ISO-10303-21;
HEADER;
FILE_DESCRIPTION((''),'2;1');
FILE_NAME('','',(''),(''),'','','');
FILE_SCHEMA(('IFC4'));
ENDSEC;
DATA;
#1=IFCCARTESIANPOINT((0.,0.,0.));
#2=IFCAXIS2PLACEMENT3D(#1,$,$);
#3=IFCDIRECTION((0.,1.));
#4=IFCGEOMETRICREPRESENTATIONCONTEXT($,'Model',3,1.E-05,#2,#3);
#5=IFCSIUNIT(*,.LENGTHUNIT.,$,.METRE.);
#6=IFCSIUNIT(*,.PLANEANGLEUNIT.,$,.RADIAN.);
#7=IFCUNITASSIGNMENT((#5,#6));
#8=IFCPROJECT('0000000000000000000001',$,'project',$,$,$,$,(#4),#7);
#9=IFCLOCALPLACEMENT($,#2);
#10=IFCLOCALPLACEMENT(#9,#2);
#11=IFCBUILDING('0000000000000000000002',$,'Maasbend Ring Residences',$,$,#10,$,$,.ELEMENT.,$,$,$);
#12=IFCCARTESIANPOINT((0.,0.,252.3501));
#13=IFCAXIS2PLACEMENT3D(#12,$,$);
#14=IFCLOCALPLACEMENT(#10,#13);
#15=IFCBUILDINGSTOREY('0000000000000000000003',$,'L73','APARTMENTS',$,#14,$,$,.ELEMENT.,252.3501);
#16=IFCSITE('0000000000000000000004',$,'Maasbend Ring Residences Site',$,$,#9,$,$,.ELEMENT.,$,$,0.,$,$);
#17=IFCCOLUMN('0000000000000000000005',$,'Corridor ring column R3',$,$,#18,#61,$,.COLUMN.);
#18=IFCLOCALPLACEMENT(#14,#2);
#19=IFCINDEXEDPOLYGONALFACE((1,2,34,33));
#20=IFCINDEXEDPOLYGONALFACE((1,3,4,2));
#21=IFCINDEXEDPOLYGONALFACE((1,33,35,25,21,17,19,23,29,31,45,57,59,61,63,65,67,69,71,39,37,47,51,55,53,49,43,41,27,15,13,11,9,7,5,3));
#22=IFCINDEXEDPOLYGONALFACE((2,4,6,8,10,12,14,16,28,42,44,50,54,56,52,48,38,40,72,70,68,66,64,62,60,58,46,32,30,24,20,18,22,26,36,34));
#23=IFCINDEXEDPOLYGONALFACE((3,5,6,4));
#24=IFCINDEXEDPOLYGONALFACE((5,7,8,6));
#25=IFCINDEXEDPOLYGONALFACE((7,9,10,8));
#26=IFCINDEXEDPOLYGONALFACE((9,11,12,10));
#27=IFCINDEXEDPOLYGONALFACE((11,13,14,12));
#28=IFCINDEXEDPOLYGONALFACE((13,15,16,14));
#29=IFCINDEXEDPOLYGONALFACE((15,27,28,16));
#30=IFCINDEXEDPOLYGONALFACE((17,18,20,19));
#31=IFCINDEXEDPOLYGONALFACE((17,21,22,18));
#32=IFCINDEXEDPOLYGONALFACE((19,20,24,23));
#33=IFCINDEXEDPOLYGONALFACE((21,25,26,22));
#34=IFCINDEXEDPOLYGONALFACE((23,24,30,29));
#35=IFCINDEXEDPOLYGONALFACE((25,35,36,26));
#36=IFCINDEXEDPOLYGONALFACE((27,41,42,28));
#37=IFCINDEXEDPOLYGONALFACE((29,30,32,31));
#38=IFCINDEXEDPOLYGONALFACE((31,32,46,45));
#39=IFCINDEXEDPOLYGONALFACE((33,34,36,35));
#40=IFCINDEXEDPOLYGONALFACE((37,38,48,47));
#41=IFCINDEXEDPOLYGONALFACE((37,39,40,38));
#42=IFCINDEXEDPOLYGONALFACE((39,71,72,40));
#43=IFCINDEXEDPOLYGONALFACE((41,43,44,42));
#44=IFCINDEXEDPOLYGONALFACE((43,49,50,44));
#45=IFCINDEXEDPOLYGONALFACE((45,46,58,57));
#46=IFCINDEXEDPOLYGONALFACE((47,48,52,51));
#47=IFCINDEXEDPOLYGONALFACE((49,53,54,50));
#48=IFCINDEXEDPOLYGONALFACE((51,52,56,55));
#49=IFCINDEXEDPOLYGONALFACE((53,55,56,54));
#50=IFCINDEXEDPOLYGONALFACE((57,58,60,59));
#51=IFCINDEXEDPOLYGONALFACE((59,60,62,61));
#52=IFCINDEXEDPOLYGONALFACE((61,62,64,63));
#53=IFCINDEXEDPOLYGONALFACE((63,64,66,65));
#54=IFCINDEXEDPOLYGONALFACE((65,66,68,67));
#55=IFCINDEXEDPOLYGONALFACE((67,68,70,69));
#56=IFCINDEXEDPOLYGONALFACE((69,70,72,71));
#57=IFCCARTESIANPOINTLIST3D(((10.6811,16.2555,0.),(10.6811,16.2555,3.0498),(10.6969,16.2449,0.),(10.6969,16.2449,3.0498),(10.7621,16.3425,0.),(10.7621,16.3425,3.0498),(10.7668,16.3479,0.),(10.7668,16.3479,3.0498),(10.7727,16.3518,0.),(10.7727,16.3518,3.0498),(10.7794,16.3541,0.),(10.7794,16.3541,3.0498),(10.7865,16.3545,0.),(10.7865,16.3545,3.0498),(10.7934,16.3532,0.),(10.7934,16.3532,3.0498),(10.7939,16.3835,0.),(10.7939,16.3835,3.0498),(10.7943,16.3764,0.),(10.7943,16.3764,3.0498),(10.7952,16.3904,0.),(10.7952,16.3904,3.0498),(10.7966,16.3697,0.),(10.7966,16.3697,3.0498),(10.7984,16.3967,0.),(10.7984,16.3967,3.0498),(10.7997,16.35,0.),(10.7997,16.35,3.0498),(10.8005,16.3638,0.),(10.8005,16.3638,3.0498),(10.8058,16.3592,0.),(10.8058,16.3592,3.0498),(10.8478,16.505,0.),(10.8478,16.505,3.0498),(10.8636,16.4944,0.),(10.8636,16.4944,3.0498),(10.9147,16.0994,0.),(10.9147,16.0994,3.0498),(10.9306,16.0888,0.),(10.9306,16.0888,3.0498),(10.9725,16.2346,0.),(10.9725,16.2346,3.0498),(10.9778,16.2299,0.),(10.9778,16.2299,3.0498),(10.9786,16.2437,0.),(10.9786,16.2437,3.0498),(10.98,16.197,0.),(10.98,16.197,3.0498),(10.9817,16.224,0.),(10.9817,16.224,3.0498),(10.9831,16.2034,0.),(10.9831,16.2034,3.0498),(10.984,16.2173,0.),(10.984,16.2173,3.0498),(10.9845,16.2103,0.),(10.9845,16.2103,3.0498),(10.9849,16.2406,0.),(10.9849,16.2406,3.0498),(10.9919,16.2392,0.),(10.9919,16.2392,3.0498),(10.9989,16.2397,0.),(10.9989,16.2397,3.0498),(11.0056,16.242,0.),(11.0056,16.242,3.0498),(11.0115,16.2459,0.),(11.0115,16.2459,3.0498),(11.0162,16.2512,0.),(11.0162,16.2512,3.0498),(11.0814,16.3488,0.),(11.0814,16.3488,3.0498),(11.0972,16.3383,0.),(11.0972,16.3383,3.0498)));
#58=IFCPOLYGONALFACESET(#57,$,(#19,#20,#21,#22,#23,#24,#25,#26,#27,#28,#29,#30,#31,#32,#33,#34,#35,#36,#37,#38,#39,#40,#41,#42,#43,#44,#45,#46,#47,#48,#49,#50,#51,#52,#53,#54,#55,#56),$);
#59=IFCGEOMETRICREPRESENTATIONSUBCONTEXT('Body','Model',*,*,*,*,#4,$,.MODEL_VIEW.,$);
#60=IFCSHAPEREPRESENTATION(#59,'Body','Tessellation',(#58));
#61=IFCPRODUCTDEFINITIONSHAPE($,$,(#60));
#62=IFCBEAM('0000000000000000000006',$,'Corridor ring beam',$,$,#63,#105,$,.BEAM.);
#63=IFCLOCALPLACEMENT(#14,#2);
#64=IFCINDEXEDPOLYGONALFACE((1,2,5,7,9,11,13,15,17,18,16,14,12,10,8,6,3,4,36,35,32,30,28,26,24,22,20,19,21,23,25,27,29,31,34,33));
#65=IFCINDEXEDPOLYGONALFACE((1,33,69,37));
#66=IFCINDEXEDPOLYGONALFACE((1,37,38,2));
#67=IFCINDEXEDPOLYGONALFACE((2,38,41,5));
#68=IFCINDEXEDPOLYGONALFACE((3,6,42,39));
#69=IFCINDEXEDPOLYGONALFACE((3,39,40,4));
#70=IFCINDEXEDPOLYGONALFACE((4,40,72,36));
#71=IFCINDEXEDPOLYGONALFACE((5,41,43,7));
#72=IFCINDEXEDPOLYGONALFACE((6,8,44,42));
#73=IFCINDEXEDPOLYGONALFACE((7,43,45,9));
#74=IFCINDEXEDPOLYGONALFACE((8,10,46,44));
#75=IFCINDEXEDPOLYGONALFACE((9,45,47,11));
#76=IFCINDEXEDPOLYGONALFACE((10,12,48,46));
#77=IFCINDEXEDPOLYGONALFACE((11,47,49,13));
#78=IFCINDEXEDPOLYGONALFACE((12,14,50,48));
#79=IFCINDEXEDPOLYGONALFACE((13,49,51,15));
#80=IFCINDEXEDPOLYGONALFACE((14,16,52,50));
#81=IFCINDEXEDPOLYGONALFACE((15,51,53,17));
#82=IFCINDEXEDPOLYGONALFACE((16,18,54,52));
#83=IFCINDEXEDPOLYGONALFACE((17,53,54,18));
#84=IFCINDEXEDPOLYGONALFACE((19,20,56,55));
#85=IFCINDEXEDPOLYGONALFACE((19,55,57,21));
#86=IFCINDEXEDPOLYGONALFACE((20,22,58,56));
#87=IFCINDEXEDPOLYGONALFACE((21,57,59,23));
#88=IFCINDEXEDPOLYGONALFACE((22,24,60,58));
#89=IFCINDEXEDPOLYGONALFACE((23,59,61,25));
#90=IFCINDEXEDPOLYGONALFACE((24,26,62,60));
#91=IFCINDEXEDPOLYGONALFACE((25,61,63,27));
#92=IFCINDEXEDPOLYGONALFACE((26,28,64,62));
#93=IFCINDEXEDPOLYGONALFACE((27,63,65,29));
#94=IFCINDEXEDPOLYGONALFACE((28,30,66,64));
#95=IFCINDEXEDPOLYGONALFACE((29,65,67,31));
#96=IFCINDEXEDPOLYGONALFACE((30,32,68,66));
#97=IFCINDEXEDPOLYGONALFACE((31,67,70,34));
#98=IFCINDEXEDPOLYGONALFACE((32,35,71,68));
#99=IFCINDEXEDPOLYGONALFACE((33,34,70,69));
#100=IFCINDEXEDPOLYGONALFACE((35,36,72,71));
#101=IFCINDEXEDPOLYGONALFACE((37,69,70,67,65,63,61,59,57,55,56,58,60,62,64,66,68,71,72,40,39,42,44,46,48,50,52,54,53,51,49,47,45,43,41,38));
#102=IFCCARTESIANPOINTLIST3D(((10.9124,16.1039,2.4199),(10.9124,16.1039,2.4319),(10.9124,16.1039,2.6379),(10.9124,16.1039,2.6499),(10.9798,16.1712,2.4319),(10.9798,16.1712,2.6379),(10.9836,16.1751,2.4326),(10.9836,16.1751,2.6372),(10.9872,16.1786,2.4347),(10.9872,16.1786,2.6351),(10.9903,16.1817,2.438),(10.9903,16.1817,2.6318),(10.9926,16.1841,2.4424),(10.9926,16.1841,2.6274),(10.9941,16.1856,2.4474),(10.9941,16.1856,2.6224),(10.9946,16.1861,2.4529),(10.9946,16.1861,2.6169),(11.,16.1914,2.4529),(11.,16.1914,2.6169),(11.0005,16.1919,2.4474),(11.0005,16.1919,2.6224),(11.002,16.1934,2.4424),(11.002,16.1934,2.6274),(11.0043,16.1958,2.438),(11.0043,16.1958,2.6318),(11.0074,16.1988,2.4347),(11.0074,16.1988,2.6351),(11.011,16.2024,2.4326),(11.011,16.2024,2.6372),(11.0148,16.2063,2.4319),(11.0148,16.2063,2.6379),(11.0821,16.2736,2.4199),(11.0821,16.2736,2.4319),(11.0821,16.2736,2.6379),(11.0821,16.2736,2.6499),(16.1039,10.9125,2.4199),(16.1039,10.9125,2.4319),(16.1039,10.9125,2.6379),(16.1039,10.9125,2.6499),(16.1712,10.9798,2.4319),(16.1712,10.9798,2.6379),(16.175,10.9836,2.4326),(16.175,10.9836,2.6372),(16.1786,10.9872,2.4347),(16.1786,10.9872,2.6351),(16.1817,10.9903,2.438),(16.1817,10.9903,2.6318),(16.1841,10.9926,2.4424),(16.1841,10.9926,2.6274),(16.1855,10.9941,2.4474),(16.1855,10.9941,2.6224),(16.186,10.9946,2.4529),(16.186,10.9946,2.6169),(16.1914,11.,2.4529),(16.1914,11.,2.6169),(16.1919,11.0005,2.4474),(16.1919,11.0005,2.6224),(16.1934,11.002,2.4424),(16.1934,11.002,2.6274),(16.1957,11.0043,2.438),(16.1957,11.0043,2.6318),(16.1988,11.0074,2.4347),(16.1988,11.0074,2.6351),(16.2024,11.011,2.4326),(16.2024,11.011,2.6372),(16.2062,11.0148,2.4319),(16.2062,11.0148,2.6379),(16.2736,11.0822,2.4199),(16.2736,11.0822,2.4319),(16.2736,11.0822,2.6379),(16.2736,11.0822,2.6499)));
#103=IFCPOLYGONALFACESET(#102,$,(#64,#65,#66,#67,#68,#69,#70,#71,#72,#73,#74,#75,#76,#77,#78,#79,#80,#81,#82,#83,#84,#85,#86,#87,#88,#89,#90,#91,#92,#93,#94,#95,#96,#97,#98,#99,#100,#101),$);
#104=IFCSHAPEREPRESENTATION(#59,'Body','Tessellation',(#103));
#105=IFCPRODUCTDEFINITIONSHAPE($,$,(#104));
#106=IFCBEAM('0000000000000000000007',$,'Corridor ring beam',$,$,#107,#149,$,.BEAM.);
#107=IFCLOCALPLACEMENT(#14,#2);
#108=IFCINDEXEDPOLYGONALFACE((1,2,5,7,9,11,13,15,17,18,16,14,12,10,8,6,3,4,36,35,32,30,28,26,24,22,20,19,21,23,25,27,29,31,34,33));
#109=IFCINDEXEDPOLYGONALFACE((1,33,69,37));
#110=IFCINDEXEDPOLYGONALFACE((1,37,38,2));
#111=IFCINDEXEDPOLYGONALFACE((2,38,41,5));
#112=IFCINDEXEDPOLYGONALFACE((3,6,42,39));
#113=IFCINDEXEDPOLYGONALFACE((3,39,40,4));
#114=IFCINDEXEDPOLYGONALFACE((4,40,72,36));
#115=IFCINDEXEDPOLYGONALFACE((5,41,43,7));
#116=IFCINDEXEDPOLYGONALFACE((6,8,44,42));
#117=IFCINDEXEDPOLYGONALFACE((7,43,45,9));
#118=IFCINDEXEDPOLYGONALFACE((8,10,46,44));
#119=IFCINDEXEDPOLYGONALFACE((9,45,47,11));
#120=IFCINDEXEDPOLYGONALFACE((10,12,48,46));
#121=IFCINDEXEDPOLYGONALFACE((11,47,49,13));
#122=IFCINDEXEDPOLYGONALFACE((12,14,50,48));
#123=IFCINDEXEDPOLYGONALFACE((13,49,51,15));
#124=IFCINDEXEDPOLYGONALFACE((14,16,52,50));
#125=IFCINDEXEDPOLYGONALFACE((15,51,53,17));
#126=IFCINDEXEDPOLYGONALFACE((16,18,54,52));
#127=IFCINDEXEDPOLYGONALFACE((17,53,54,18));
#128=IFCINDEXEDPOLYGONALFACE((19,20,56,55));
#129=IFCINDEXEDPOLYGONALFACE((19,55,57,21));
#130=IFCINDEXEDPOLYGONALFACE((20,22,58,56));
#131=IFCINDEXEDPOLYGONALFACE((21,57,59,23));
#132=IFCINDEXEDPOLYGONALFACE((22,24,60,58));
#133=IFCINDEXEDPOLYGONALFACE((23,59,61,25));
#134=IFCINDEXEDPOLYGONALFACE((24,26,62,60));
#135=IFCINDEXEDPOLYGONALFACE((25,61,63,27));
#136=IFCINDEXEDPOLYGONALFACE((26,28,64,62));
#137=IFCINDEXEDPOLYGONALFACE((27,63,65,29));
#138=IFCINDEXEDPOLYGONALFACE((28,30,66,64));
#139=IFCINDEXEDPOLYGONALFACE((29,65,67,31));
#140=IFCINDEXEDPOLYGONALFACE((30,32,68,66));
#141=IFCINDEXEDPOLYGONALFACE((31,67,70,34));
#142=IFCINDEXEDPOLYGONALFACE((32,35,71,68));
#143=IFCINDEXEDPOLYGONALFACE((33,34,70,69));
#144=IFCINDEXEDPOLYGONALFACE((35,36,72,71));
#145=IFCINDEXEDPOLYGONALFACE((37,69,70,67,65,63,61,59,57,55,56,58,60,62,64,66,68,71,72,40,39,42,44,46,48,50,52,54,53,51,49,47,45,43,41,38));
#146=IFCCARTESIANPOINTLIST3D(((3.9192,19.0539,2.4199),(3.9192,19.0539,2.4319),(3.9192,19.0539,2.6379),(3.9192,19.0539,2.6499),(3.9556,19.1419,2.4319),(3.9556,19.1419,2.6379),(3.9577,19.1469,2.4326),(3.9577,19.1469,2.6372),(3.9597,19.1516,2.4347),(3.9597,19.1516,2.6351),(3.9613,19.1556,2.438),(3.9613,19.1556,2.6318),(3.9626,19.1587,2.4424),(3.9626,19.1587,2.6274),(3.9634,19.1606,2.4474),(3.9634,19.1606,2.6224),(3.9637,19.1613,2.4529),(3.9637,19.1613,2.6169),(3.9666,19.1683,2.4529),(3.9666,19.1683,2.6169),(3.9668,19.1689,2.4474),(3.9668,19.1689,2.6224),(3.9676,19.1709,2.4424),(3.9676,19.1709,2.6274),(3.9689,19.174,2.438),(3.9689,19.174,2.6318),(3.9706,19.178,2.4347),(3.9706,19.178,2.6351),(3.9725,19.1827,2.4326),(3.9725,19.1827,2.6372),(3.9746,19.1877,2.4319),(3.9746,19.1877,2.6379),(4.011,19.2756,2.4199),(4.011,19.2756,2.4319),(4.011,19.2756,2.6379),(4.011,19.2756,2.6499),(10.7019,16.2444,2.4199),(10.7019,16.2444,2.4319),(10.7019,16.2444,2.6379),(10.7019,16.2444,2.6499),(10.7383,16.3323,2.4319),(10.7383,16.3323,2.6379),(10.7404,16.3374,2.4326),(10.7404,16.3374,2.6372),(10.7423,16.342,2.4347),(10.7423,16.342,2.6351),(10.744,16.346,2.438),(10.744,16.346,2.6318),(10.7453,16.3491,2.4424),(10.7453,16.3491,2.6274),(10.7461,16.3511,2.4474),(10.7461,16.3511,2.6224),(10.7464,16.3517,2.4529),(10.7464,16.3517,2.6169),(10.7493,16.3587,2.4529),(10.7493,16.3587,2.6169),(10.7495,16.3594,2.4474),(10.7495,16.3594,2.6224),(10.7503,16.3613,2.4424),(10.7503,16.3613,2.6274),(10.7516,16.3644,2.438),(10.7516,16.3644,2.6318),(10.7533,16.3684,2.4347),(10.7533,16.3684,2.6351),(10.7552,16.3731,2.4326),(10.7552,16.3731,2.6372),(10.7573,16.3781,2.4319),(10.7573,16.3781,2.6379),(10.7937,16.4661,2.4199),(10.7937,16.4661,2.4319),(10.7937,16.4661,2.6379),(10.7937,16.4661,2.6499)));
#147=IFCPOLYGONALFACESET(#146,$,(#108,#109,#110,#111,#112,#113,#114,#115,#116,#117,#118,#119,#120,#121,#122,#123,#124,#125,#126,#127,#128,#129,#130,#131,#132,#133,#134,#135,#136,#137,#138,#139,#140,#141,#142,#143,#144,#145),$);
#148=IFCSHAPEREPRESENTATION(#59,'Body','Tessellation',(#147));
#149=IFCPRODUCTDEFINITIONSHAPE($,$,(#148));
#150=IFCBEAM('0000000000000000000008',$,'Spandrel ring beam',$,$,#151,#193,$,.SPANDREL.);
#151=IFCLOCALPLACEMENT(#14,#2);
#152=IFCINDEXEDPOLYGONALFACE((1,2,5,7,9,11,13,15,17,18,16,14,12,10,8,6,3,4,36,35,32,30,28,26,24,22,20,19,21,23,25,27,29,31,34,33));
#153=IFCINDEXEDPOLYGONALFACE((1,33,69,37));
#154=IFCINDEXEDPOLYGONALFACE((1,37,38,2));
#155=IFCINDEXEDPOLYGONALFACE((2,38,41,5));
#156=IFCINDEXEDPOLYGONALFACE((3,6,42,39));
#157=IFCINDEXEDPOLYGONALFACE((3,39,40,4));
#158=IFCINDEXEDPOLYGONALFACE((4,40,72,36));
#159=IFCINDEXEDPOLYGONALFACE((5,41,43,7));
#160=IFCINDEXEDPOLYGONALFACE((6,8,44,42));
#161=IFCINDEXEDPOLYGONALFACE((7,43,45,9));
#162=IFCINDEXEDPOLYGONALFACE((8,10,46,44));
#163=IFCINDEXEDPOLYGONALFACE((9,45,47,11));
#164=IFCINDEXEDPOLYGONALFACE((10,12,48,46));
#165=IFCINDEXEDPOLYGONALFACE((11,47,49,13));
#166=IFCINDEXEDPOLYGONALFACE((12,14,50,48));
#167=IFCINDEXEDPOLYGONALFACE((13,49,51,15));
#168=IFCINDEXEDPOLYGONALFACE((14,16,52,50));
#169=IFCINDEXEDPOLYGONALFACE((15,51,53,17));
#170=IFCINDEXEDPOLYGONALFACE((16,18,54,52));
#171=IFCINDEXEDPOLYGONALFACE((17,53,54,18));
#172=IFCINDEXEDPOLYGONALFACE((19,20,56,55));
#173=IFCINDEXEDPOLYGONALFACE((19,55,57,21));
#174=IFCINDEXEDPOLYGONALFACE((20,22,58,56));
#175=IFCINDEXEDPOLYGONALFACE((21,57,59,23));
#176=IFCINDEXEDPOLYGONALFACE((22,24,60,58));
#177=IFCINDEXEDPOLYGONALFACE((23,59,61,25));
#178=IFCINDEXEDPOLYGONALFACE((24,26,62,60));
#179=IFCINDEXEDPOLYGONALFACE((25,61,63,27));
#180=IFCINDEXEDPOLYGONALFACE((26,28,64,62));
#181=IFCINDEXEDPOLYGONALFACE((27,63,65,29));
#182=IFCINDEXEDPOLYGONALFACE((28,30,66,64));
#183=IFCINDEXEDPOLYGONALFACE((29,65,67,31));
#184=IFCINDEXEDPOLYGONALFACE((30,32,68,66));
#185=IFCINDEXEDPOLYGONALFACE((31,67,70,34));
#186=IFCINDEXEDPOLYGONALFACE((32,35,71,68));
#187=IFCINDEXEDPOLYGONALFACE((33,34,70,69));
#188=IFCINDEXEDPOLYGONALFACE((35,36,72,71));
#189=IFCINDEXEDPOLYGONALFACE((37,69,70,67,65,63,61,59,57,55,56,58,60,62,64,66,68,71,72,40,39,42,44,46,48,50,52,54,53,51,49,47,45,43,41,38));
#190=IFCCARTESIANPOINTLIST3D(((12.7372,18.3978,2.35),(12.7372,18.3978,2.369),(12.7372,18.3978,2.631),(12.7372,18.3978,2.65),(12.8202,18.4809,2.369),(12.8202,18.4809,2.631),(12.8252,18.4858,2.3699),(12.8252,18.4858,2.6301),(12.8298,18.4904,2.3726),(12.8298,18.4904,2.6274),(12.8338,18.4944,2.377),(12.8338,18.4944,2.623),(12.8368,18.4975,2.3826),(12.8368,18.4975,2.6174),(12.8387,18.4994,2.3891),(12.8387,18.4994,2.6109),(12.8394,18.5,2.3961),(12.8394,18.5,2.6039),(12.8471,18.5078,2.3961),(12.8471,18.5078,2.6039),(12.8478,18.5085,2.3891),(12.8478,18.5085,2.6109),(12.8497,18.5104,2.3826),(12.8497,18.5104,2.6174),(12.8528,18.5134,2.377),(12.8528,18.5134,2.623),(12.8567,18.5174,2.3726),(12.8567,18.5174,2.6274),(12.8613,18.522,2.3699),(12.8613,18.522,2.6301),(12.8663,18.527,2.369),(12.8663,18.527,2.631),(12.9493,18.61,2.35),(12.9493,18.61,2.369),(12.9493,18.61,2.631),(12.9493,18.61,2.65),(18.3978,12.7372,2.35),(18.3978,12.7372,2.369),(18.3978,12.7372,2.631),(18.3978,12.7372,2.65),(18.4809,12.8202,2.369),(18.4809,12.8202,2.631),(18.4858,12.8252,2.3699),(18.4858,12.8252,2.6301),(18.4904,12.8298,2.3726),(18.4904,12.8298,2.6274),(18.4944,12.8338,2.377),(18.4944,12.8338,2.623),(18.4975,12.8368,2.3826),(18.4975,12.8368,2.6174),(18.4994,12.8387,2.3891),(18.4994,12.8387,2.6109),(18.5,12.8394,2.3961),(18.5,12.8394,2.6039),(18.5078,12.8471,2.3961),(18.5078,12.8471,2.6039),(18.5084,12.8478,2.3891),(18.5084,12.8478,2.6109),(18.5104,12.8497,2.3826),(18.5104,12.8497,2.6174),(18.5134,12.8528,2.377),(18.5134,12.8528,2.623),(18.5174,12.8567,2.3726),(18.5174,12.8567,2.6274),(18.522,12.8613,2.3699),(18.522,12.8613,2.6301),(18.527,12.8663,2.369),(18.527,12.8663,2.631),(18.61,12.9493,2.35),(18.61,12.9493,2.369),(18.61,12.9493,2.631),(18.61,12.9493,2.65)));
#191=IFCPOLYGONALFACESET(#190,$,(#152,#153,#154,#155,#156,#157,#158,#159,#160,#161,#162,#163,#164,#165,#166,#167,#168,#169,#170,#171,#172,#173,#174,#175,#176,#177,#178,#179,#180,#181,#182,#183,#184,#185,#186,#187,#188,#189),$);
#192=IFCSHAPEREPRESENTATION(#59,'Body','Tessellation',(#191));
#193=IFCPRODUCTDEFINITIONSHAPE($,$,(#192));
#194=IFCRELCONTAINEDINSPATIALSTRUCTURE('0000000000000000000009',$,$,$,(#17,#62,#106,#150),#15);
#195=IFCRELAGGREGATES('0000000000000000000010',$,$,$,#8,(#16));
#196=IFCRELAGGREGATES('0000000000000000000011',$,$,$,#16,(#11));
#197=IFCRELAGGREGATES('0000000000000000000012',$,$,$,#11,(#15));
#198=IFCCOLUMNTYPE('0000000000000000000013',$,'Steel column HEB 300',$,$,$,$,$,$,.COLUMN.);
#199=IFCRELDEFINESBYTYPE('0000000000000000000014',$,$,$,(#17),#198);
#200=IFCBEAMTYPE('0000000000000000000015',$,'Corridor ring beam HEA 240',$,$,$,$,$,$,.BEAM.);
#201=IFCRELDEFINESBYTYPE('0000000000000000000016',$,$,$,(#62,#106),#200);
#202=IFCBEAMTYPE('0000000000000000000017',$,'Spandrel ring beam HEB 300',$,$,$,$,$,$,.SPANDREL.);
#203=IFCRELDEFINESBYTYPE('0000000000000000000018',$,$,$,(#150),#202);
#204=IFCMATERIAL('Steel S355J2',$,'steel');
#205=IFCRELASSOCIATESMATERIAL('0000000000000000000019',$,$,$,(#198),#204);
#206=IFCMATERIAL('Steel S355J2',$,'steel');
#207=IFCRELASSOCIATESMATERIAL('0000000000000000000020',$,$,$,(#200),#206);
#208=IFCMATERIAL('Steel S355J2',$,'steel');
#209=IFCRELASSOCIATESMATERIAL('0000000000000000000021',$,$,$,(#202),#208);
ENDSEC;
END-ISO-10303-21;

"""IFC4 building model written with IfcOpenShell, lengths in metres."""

from ifc_helpers import new_model, si_unit, direction, frame, origin, origin_2d, place, context, subcontext, project, spatial, i_section, extrude, material, material_profile, profile_set, type_object, element, save


model = new_model("IFC4")

# Units and contexts
model_context = context("Model", 3, precision=1e-05, world=origin(), true_north=direction((0.0, 1.0)))
body_context = subcontext(model_context, "Body", "Model", "MODEL_VIEW")
ifc_project = project(units=[si_unit("LENGTHUNIT", "METRE"), si_unit("PLANEANGLEUNIT", "RADIAN")], contexts=[model_context])

# Site, building, storey
site_placement = place(None, origin())
site = spatial("IfcSite", under=ifc_project, at=site_placement, Name="Maasbend Ring Residences Site", CompositionType="ELEMENT", RefElevation=0.0)
building_placement = place(site_placement, origin())
building = spatial("IfcBuilding", under=site, at=building_placement, Name="Maasbend Ring Residences", CompositionType="ELEMENT")
storey_placement = place(building_placement, frame((0.0, 0.0, 252.3501)))
storey = spatial("IfcBuildingStorey", under=building, at=storey_placement, Name="L73", Description="APARTMENTS", CompositionType="ELEMENT", Elevation=252.3501)

# Column
ifc_material_1 = material(Name="Steel S355J2", Category="steel")
ifc_material_profile_1 = material_profile(ifc_material_1, i_section(OverallWidth=0.3, OverallDepth=0.3, WebThickness=0.011, FlangeThickness=0.019, FilletRadius=0.0271, at=origin_2d()), Name="HEB 300")
ifc_profile_set_1 = profile_set([ifc_material_profile_1], Name="Steel S355J2")
column_type_1 = type_object("IfcColumnType", Name="Steel column HEB 300", PredefinedType="COLUMN", material=ifc_profile_set_1)
for number, where, z_axis, x_axis, name in (
    (1, (10.8892, 16.2969, 0.0), (0.0, 0.0, 1.0), (0.55557, 0.83147, 0.0), "Corridor ring column R3"),
):
    element("IfcColumn", number, at=place(storey_placement, frame(where, z_axis=z_axis, x_axis=x_axis)), inside=storey, type_object=column_type_1, Name=name, PredefinedType="COLUMN", context=body_context, shape_type="SweptSolid", body=[
        extrude(i_section(OverallWidth=0.3, OverallDepth=0.3, WebThickness=0.011, FlangeThickness=0.019, FilletRadius=0.0271, at=origin_2d()), origin(), (0.0, 0.0, 1.0), 3.0498),
    ])

# Beams
ifc_material_2 = material(Name="Steel S355J2", Category="steel")
ifc_material_profile_2 = material_profile(ifc_material_2, i_section(OverallWidth=0.24, OverallDepth=0.23, WebThickness=0.0076, FlangeThickness=0.012, FilletRadius=0.021, at=origin_2d()), Name="HEA 240")
ifc_profile_set_2 = profile_set([ifc_material_profile_2], Name="Steel S355J2")
beam_type_1 = type_object("IfcBeamType", Name="Corridor ring beam HEA 240", PredefinedType="BEAM", material=ifc_profile_set_2)
beam_1_placement = place(storey_placement, frame((16.1887, 10.9973, 2.5349), z_axis=(-0.707107, 0.707107, 0.0), x_axis=(-0.707107, -0.707107, 0.0)))
element("IfcBeam", 2, at=beam_1_placement, inside=storey, type_object=beam_type_1, Name="Corridor ring beam", PredefinedType="BEAM", context=body_context, shape_type="SweptSolid", body=[
    extrude(i_section(OverallWidth=0.24, OverallDepth=0.23, WebThickness=0.0076, FlangeThickness=0.012, FilletRadius=0.021, at=origin_2d()), origin(), (0.0, 0.0, 1.0), 7.3418),
])
beam_2_placement = place(storey_placement, frame((10.7478, 16.3552, 2.5349), z_axis=(-0.923876, 0.382692, 0.0), x_axis=(-0.382692, -0.923876, 0.0)))
element("IfcBeam", 3, at=beam_2_placement, inside=storey, type_object=beam_type_1, Name="Corridor ring beam", PredefinedType="BEAM", context=body_context, shape_type="SweptSolid", body=[
    extrude(i_section(OverallWidth=0.24, OverallDepth=0.23, WebThickness=0.0076, FlangeThickness=0.012, FilletRadius=0.021, at=origin_2d()), origin(), (0.0, 0.0, 1.0), 7.3416),
])
ifc_material_3 = material(Name="Steel S355J2", Category="steel")
ifc_material_profile_3 = material_profile(ifc_material_3, i_section(OverallWidth=0.3, OverallDepth=0.3, WebThickness=0.011, FlangeThickness=0.019, FilletRadius=0.0271, at=origin_2d()), Name="HEB 300")
ifc_profile_set_3 = profile_set([ifc_material_profile_3], Name="Steel S355J2")
beam_type_2 = type_object("IfcBeamType", Name="Spandrel ring beam HEB 300", PredefinedType="SPANDREL", material=ifc_profile_set_3)
beam_3_placement = place(storey_placement, frame((18.5039, 12.8433, 2.5), z_axis=(-0.707107, 0.707107, 0.0), x_axis=(-0.707107, -0.707107, 0.0)))
element("IfcBeam", 4, at=beam_3_placement, inside=storey, type_object=beam_type_2, Name="Spandrel ring beam", PredefinedType="SPANDREL", context=body_context, shape_type="SweptSolid", body=[
    extrude(i_section(OverallWidth=0.3, OverallDepth=0.3, WebThickness=0.011, FlangeThickness=0.019, FilletRadius=0.0271, at=origin_2d()), origin(), (0.0, 0.0, 1.0), 8.0054),
])

save(model, "model.ifc")
